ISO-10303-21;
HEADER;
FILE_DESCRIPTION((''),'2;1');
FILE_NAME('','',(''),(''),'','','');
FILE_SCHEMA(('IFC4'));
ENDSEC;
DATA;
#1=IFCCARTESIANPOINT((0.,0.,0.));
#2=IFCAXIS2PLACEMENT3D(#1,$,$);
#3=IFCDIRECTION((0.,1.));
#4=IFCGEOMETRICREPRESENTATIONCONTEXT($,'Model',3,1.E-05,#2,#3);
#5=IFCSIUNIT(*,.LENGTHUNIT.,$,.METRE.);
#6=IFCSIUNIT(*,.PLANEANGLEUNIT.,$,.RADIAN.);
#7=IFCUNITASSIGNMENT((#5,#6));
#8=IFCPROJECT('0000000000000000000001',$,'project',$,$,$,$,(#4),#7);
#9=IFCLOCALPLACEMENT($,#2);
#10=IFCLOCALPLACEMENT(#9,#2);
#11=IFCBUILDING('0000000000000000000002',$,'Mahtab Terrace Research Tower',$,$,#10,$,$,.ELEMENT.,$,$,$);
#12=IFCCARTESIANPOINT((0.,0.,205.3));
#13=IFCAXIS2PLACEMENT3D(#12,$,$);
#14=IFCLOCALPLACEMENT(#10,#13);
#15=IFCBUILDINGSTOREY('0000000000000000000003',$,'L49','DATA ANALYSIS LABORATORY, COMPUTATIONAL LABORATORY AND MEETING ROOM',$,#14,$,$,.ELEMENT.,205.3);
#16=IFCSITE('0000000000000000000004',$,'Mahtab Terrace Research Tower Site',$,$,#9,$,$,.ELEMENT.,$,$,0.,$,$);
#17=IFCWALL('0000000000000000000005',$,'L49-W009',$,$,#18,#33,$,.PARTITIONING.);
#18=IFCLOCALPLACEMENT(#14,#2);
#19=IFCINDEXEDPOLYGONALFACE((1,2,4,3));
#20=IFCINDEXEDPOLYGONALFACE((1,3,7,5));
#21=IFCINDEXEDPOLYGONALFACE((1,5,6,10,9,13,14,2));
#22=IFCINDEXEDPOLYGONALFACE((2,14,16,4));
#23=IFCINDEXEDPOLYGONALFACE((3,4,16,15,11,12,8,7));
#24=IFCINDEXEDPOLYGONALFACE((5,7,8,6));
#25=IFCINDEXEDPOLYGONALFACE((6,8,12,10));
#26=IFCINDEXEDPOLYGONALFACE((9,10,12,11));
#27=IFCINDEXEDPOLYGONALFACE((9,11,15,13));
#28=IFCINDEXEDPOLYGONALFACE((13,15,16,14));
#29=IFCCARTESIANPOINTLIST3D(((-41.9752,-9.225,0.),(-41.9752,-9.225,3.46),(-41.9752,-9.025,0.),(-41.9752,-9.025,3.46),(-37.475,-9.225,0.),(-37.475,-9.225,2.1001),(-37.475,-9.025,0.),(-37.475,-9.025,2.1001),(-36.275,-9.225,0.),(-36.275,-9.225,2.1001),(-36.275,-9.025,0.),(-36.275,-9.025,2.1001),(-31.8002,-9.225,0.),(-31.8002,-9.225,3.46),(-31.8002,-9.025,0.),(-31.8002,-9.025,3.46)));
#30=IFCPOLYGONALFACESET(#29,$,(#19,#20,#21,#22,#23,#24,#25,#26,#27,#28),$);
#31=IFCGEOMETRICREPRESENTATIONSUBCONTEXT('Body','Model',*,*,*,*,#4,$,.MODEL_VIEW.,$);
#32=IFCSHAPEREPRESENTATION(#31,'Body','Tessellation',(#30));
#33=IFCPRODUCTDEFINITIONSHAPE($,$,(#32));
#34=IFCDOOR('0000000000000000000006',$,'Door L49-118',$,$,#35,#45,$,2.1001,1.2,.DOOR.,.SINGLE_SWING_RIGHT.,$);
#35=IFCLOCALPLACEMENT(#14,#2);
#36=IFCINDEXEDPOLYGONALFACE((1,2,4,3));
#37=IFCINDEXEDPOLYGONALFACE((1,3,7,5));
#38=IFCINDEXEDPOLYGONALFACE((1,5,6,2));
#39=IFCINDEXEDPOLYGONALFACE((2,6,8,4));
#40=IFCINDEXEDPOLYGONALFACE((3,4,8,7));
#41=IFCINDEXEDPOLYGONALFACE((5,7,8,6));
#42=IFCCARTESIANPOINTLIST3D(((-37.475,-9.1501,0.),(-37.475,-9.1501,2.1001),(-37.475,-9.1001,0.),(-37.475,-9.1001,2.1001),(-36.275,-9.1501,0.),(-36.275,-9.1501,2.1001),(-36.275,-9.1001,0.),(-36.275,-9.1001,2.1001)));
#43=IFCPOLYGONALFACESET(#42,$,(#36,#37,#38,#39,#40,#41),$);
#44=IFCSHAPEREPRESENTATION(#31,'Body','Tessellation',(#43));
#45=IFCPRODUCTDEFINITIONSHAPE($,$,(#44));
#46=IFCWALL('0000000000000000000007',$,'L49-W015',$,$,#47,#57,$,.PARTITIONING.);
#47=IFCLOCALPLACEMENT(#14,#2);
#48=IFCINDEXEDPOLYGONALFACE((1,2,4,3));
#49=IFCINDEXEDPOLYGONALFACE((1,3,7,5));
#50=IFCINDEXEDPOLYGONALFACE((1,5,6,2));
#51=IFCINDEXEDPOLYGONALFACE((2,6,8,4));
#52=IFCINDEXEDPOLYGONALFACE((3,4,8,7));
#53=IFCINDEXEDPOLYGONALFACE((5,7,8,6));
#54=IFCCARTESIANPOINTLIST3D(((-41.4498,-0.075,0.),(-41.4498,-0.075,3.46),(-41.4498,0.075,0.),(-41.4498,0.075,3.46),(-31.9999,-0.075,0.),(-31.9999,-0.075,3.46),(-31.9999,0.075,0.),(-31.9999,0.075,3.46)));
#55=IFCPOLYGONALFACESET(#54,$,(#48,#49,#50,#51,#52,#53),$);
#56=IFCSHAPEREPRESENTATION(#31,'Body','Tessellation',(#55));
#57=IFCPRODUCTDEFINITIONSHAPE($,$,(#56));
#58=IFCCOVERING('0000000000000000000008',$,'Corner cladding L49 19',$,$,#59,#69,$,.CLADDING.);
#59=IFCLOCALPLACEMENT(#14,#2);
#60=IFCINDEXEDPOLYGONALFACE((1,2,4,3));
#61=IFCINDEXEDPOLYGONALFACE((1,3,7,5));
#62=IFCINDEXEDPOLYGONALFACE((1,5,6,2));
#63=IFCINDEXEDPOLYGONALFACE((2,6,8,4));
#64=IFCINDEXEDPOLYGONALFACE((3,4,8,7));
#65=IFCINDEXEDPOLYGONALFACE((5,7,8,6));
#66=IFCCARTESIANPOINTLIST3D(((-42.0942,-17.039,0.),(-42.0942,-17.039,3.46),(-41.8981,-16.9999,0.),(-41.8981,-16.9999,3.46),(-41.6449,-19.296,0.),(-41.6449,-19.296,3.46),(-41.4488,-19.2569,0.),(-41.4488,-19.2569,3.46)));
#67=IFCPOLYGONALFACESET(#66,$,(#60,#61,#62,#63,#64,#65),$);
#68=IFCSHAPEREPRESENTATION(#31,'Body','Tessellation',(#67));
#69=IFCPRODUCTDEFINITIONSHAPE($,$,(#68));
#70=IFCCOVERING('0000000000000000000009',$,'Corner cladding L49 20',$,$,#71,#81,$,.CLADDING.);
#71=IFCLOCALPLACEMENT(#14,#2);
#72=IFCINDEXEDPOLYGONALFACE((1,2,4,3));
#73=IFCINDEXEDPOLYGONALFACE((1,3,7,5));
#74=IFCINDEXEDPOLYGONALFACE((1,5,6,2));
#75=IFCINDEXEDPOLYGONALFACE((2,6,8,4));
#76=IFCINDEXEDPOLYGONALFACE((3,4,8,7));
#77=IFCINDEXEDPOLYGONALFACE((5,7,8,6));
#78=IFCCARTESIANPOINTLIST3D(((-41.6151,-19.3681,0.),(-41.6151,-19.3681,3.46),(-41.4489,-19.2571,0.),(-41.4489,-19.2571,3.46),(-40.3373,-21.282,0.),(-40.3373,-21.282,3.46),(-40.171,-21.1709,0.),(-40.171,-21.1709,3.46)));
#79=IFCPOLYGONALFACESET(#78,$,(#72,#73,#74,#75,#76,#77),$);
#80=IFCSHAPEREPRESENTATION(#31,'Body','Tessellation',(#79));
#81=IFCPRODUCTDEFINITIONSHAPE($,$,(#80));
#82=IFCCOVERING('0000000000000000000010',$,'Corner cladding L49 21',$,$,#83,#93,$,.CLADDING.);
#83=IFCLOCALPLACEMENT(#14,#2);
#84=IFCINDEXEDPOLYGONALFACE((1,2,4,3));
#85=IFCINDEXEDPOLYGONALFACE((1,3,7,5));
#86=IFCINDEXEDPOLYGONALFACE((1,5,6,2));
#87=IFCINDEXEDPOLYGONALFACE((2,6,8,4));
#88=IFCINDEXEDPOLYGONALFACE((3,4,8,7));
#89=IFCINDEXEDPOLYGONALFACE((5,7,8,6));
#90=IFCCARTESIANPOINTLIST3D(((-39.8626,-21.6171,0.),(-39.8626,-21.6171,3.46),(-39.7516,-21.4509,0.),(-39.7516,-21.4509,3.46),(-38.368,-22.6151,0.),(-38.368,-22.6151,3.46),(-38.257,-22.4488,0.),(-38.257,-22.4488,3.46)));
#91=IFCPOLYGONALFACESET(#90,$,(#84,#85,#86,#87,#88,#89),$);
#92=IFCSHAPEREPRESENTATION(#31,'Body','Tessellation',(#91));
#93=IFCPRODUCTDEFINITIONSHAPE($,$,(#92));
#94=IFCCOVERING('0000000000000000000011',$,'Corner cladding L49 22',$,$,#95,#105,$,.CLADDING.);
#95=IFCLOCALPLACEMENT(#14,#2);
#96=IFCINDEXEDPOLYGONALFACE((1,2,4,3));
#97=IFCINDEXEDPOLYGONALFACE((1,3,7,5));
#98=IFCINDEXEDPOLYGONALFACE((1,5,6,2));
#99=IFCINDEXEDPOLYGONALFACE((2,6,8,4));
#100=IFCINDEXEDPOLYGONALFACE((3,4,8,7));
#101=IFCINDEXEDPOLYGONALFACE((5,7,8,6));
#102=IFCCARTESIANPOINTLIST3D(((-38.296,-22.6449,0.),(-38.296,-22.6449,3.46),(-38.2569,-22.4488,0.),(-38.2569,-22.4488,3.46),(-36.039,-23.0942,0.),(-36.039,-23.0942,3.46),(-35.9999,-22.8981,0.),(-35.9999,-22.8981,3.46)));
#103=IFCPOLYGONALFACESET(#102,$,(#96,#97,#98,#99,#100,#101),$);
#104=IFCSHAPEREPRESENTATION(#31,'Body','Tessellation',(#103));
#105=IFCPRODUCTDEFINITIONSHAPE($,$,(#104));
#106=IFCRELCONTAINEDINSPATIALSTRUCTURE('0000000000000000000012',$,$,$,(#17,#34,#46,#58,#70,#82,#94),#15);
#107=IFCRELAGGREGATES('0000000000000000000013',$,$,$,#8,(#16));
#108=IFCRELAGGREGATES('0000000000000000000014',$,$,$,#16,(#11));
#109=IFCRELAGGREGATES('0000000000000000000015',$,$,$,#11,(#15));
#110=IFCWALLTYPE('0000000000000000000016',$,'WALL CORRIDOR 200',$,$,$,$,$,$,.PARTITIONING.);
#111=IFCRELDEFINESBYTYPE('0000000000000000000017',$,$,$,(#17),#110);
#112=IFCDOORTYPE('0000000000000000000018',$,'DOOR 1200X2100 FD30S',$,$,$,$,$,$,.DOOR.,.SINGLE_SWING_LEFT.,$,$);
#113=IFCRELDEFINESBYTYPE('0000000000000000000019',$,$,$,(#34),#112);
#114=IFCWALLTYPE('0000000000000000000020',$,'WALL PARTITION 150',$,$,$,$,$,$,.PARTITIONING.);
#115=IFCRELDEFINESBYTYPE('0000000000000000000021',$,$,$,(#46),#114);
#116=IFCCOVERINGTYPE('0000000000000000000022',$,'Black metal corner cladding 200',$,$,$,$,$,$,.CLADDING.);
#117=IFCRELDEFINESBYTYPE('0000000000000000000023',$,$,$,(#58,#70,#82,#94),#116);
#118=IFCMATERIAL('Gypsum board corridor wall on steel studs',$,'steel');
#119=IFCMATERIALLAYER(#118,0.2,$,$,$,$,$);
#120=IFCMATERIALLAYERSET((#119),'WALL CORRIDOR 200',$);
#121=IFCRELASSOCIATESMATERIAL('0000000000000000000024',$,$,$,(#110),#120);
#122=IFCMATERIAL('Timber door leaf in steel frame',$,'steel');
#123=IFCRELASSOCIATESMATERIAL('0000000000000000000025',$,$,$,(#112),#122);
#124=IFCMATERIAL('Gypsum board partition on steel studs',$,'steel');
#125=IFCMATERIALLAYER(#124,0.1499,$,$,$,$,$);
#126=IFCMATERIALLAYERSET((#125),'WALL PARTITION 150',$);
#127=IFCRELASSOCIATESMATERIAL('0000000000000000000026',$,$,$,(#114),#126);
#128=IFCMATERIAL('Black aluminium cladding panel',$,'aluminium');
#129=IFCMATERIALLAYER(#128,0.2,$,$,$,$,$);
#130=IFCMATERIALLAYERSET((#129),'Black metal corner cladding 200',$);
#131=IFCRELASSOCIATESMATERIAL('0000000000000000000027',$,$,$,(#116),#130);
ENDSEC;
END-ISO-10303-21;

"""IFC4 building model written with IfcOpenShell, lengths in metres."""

from ifc_helpers import new_model, si_unit, direction, frame, frame_2d, origin, origin_2d, place, context, subcontext, project, spatial, rectangle, extrude, material, layer, layer_set, type_object, element, fill, save


model = new_model("IFC4")

# Units and contexts
model_context = context("Model", 3, precision=1e-05, world=origin(), true_north=direction((0.0, 1.0)))
body_context = subcontext(model_context, "Body", "Model", "MODEL_VIEW")
ifc_project = project(units=[si_unit("LENGTHUNIT", "METRE"), si_unit("PLANEANGLEUNIT", "RADIAN")], contexts=[model_context])

# Site, building, storey
site_placement = place(None, origin())
site = spatial("IfcSite", under=ifc_project, at=site_placement, Name="Mahtab Terrace Research Tower Site", CompositionType="ELEMENT", RefElevation=0.0)
building_placement = place(site_placement, origin())
building = spatial("IfcBuilding", under=site, at=building_placement, Name="Mahtab Terrace Research Tower", CompositionType="ELEMENT")
storey_placement = place(building_placement, frame((0.0, 0.0, 205.3)))
storey = spatial("IfcBuildingStorey", under=building, at=storey_placement, Name="L49", Description="DATA ANALYSIS LABORATORY, COMPUTATIONAL LABORATORY AND MEETING ROOM", CompositionType="ELEMENT", Elevation=205.3)

# Shared definitions
ifc_material_1 = material(Name="Black aluminium cladding panel", Category="aluminium")

# Shared definitions
ifc_material_2 = material(Name="Gypsum board corridor wall on steel studs", Category="steel")
ifc_layer_1 = layer(ifc_material_2, 0.2)
ifc_layer_set_1 = layer_set([ifc_layer_1], Name="WALL CORRIDOR 200")
wall_type_1 = type_object("IfcWallType", Name="WALL CORRIDOR 200", PredefinedType="PARTITIONING", material=ifc_layer_set_1)
ifc_material_3 = material(Name="Timber door leaf in steel frame", Category="steel")

# Wall, opening, door
wall_1_placement = place(storey_placement, frame((-41.9751, -9.125, 0.0), z_axis=(0.0, 0.0, 1.0), x_axis=(1.0, 0.0, 0.0)))
wall_1 = element("IfcWall", 1, at=wall_1_placement, inside=storey, type_object=wall_type_1, Name="L49-W009", PredefinedType="PARTITIONING", context=body_context, shape_type="SweptSolid", body=[
    extrude(rectangle(XDim=10.175, YDim=0.2, at=frame_2d((5.0874, 0.0))), origin(), (0.0, 0.0, 1.0), 3.46),
])
opening_1_placement = place(wall_1_placement, frame((4.5, 0.0, 0.0)))
opening_1 = element("IfcOpeningElement", 2, at=opening_1_placement, cuts=wall_1, PredefinedType="OPENING", context=body_context, shape_type="SweptSolid", body=[
    extrude(rectangle(XDim=1.2, YDim=2.1001, at=frame_2d((0.6001, 1.05))), frame((0.0, 0.1099, 0.0), z_axis=(0.0, -1.0, 0.0), x_axis=(1.0, 0.0, 0.0)), (0.0, 0.0, 1.0), 0.22),
])
door_type_1 = type_object("IfcDoorType", Name="DOOR 1200X2100 FD30S", OperationType="SINGLE_SWING_LEFT", PredefinedType="DOOR", material=ifc_material_3)
door_1_placement = place(opening_1_placement, origin())
door_1 = element("IfcDoor", 3, at=door_1_placement, inside=storey, type_object=door_type_1, Name="Door L49-118", OperationType="SINGLE_SWING_RIGHT", OverallHeight=2.1001, OverallWidth=1.2, PredefinedType="DOOR", context=body_context, shape_type="SweptSolid", body=[
    extrude(rectangle(XDim=1.2, YDim=2.1001, at=frame_2d((0.6001, 1.05))), frame((0.0, 0.0249, 0.0), z_axis=(0.0, -1.0, 0.0), x_axis=(1.0, 0.0, 0.0)), (0.0, 0.0, 1.0), 0.05),
])
fill(opening_1, door_1)

# Wall
ifc_material_4 = material(Name="Gypsum board partition on steel studs", Category="steel")
ifc_layer_2 = layer(ifc_material_4, 0.1499)
ifc_layer_set_2 = layer_set([ifc_layer_2], Name="WALL PARTITION 150")
wall_type_2 = type_object("IfcWallType", Name="WALL PARTITION 150", PredefinedType="PARTITIONING", material=ifc_layer_set_2)
wall_2_placement = place(storey_placement, frame((-41.45, 0.0, 0.0), z_axis=(0.0, 0.0, 1.0), x_axis=(1.0, 0.0, 0.0)))
element("IfcWall", 4, at=wall_2_placement, inside=storey, type_object=wall_type_2, Name="L49-W015", PredefinedType="PARTITIONING", context=body_context, shape_type="SweptSolid", body=[
    extrude(rectangle(XDim=9.45, YDim=0.1499, at=frame_2d((4.7251, 0.0))), origin(), (0.0, 0.0, 1.0), 3.46),
])

# Coverings
ifc_layer_3 = layer(ifc_material_1, 0.2)
ifc_layer_set_3 = layer_set([ifc_layer_3], Name="Black metal corner cladding 200")
covering_type = type_object("IfcCoveringType", Name="Black metal corner cladding 200", PredefinedType="CLADDING", material=ifc_layer_set_3)
for number, where, z_axis, x_axis, name in (
    (5, (-41.7715, -18.1479, 0.0), (0.0, 0.0, 1.0), (0.195212, -0.980761, 0.0), "Corner cladding L49 19"),
    (6, (-40.8931, -20.2695, 0.0), (0.0, 0.0, 1.0), (0.555291, -0.831656, 0.0), "Corner cladding L49 20"),
):
    element("IfcCovering", number, at=place(storey_placement, frame(where, z_axis=z_axis, x_axis=x_axis)), inside=storey, type_object=covering_type, Name=name, PredefinedType="CLADDING", context=body_context, shape_type="SweptSolid", body=[
        extrude(rectangle(XDim=2.3013, YDim=0.2, at=origin_2d()), origin(), (0.0, 0.0, 1.0), 3.46),
    ])
covering_1_placement = place(storey_placement, frame((-39.0598, -22.033, 0.0), z_axis=(0.0, 0.0, 1.0), x_axis=(0.831656, -0.555291, 0.0)))
element("IfcCovering", 7, at=covering_1_placement, inside=storey, type_object=covering_type, Name="Corner cladding L49 21", PredefinedType="CLADDING", context=body_context, shape_type="SweptSolid", body=[
    extrude(rectangle(XDim=1.7971, YDim=0.2, at=origin_2d()), origin(), (0.0, 0.0, 1.0), 3.46),
])
covering_2_placement = place(storey_placement, frame((-37.1479, -22.7715, 0.0), z_axis=(0.0, 0.0, 1.0), x_axis=(0.980761, -0.195212, 0.0)))
element("IfcCovering", 8, at=covering_2_placement, inside=storey, type_object=covering_type, Name="Corner cladding L49 22", PredefinedType="CLADDING", context=body_context, shape_type="SweptSolid", body=[
    extrude(rectangle(XDim=2.3013, YDim=0.2, at=origin_2d()), origin(), (0.0, 0.0, 1.0), 3.46),
])

save(model, "model.ifc")
